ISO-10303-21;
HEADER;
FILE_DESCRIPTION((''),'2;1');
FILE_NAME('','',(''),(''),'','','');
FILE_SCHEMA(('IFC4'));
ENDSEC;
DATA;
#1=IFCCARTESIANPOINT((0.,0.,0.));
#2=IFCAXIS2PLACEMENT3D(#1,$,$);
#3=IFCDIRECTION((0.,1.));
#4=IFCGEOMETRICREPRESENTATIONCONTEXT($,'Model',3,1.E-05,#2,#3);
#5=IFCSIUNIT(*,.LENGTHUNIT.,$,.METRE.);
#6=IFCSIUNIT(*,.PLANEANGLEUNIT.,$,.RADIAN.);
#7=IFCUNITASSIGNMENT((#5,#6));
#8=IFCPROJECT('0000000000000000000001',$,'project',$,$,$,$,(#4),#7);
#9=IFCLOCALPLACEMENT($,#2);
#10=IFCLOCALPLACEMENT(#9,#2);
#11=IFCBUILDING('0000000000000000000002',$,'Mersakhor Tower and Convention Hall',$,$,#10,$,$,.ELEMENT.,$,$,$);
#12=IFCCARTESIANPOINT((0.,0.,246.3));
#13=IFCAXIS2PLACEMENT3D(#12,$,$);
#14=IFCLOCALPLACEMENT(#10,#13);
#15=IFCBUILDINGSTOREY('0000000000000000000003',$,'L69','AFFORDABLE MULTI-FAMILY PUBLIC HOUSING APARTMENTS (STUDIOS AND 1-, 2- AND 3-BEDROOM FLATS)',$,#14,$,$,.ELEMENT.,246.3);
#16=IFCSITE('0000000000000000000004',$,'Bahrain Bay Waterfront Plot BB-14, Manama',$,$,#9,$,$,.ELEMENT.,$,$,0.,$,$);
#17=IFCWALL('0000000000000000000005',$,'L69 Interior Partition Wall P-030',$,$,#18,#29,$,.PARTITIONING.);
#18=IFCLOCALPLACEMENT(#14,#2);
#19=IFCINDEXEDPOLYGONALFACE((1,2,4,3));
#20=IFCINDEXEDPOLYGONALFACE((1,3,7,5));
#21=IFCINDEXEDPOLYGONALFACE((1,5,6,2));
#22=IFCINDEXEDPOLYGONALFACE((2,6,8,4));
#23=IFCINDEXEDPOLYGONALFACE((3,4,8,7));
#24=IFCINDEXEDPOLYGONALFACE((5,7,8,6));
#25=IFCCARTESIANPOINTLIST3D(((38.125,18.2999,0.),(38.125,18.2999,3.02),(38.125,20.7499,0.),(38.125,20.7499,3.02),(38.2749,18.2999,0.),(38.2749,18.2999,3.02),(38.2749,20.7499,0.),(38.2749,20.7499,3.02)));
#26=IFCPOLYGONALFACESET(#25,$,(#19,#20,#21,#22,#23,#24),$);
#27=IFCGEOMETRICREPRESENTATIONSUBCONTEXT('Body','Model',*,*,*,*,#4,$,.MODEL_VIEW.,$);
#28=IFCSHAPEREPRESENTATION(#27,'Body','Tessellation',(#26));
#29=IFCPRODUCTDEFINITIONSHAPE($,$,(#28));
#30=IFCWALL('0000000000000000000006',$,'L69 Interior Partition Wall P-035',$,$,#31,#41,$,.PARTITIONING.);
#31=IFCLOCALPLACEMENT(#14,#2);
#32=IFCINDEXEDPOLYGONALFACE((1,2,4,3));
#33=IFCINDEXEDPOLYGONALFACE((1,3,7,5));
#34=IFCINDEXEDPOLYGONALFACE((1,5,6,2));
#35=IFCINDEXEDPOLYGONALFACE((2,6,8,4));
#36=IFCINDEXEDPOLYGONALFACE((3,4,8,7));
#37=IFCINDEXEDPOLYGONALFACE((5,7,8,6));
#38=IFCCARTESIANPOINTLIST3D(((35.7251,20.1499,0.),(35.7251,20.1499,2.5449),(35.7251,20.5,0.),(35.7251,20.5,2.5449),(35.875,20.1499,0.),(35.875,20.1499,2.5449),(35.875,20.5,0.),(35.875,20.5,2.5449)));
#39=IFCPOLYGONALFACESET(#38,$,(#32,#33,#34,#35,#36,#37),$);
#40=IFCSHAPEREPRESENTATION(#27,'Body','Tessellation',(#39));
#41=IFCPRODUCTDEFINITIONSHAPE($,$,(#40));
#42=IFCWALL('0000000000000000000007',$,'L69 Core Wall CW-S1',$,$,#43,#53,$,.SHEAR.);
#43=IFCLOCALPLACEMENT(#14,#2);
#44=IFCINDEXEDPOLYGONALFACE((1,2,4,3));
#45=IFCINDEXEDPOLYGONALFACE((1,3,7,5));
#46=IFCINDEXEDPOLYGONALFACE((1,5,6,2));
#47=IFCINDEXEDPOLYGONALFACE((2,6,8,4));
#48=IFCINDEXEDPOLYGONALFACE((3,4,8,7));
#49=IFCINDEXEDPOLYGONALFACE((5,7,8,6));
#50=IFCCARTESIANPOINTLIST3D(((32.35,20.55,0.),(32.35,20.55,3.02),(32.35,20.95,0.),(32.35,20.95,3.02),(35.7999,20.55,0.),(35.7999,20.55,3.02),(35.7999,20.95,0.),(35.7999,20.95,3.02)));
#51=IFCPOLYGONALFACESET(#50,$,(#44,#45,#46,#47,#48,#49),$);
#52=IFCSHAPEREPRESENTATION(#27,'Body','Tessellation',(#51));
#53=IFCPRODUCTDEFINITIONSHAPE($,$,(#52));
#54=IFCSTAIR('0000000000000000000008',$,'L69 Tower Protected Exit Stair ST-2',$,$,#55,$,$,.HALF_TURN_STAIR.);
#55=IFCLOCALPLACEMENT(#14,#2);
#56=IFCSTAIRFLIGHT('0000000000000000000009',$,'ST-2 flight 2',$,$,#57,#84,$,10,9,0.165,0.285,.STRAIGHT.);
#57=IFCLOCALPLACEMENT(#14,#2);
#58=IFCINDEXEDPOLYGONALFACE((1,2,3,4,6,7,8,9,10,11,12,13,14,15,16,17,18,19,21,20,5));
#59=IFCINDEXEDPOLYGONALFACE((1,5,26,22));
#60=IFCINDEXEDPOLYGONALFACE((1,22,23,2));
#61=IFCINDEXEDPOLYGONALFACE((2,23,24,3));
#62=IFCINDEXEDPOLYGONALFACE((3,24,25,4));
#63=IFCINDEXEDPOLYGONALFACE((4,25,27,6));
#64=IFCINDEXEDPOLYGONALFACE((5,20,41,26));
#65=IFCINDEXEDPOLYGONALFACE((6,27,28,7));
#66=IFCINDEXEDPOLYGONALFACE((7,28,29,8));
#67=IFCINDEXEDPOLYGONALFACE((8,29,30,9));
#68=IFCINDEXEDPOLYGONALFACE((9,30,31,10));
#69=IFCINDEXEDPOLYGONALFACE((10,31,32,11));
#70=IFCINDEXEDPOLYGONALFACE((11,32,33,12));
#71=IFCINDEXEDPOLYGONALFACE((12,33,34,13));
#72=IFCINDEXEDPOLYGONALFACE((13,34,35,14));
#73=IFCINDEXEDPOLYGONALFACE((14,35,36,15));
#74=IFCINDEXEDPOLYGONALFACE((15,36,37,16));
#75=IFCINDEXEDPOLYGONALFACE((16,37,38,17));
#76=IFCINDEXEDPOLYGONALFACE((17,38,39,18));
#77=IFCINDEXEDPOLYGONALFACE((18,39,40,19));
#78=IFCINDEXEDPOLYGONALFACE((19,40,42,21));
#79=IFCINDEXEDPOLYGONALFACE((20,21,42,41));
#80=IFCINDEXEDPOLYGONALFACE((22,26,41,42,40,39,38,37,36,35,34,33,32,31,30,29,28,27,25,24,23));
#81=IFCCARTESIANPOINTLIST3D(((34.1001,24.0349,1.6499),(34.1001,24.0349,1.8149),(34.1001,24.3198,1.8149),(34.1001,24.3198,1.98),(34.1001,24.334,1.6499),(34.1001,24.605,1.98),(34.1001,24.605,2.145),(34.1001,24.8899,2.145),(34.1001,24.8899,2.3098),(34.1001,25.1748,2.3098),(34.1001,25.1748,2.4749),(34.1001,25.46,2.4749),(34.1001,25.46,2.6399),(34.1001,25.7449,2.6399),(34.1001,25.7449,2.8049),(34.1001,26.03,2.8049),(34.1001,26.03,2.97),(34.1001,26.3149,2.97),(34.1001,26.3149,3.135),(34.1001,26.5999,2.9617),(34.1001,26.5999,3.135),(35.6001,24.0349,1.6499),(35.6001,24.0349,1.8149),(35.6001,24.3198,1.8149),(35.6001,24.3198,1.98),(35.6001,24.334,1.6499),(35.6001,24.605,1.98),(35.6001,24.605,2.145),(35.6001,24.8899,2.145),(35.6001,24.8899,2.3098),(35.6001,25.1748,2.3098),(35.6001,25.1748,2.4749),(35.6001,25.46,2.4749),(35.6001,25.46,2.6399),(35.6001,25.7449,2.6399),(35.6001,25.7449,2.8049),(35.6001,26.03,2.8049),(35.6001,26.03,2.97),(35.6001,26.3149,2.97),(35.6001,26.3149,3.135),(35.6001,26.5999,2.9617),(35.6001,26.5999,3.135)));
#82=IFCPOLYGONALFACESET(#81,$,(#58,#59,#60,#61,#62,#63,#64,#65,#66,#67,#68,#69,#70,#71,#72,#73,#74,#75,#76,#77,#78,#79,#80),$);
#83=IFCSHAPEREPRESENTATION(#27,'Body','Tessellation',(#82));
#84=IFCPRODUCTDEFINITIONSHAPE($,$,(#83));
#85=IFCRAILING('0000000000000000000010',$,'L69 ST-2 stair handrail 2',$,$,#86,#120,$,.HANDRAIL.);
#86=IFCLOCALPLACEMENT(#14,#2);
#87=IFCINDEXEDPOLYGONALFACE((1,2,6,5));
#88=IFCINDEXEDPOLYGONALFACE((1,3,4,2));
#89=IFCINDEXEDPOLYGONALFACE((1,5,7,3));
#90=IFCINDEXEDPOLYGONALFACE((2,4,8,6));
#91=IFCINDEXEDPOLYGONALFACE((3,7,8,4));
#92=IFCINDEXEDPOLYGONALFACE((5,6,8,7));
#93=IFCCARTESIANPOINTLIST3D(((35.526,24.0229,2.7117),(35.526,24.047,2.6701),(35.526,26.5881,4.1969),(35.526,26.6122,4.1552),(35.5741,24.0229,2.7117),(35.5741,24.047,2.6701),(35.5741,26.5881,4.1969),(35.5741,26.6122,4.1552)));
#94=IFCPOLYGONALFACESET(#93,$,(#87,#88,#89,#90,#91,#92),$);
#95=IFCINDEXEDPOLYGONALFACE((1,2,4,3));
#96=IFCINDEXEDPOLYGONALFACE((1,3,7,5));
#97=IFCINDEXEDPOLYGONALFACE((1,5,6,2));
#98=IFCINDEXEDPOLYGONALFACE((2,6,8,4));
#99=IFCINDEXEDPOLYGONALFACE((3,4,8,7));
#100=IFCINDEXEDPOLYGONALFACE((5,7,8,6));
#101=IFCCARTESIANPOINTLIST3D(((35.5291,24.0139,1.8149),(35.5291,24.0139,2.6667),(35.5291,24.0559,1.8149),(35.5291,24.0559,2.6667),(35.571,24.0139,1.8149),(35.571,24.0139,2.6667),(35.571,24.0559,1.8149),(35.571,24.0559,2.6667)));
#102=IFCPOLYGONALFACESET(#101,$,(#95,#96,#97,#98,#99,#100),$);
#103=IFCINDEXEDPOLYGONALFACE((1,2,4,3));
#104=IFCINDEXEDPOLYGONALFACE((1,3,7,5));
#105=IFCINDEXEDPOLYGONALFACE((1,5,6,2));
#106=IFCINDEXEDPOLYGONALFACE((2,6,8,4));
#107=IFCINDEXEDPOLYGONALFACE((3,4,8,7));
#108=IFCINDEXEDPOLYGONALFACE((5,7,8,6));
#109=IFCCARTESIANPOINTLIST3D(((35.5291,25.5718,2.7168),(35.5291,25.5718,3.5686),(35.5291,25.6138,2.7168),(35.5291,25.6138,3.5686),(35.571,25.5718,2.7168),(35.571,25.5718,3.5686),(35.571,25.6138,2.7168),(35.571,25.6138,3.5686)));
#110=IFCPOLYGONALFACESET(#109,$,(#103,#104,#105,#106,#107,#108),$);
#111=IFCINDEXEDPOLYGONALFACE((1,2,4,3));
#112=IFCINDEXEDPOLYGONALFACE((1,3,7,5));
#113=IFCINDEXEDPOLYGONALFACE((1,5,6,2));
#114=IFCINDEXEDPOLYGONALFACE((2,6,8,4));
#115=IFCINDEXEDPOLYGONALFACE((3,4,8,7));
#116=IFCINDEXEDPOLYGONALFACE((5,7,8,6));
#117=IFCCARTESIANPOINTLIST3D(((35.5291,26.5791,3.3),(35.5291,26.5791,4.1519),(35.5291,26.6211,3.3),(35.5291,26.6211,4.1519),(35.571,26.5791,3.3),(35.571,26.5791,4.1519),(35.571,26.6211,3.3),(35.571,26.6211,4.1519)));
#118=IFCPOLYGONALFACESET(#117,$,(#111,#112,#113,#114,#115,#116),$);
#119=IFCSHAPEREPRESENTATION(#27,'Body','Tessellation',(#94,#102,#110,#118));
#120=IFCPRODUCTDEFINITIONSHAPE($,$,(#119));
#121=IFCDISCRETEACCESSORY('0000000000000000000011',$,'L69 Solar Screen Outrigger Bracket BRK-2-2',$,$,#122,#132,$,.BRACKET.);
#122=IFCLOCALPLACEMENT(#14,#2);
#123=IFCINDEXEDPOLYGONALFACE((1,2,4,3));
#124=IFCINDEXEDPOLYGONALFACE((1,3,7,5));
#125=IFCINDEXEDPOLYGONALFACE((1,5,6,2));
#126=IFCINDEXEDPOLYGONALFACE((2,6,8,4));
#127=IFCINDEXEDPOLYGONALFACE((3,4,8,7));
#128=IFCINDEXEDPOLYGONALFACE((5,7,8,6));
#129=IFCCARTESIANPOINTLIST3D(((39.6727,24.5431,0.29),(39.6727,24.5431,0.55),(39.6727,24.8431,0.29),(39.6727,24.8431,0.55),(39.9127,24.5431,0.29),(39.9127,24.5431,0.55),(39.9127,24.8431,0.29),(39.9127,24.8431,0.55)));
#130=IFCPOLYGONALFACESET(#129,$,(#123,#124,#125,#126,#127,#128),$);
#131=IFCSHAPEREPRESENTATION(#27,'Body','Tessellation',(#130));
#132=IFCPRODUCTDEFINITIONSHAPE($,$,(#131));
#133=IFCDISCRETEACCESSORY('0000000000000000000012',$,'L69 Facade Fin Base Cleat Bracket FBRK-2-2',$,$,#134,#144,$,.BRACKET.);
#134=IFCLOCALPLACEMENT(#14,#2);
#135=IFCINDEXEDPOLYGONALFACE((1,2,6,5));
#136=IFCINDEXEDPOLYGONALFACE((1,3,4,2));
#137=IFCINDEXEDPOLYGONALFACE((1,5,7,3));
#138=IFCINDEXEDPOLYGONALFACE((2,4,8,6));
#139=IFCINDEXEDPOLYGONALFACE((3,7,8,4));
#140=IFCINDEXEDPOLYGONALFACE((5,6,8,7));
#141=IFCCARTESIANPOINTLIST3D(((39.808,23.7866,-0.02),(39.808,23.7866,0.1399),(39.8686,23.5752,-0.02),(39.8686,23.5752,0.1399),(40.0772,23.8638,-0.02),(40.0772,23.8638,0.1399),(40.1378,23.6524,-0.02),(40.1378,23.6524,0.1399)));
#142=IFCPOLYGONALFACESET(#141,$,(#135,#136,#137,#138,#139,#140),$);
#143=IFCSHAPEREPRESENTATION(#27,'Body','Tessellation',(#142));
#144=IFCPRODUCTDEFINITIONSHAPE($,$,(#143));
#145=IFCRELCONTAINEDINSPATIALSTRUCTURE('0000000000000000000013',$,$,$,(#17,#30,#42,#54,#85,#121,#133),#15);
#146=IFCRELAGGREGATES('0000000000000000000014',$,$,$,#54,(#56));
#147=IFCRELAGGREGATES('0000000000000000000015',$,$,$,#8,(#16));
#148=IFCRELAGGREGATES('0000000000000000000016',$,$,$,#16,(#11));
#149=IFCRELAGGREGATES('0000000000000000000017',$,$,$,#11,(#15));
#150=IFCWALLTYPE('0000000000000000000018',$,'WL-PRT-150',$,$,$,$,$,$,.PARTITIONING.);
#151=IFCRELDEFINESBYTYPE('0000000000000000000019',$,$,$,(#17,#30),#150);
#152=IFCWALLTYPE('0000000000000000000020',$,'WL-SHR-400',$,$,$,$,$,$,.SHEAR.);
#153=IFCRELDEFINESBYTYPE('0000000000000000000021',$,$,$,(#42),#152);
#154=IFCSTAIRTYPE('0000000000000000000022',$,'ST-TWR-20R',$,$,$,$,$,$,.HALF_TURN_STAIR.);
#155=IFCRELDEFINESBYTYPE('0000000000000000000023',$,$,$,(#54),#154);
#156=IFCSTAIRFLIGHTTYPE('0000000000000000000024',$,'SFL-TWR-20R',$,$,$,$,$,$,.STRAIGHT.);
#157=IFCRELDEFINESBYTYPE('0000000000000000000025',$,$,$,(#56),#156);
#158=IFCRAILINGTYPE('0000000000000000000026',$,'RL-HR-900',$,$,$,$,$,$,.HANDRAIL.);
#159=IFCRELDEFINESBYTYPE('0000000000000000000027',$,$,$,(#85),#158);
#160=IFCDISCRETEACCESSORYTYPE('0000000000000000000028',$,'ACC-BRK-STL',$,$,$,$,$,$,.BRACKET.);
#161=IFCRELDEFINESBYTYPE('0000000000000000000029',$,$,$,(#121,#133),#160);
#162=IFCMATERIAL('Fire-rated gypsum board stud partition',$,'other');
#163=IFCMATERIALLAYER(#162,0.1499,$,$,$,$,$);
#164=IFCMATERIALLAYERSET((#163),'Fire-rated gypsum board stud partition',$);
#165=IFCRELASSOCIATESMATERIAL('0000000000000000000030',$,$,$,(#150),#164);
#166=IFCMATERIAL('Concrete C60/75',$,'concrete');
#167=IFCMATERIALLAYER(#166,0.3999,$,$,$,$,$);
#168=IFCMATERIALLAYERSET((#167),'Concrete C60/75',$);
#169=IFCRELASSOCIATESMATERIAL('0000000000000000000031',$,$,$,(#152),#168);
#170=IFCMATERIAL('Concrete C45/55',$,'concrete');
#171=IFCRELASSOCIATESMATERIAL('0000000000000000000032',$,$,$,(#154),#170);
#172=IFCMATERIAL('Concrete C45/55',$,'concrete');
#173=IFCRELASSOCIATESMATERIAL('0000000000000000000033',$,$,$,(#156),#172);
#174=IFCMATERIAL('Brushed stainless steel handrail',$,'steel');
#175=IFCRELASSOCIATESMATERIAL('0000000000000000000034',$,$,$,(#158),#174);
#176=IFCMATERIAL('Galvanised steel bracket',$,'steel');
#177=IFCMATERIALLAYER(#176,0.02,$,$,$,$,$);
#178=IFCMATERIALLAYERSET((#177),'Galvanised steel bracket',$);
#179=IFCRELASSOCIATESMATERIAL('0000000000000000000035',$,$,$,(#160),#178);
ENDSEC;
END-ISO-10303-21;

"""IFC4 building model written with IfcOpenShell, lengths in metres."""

from ifc_helpers import new_model, si_unit, direction, frame, frame_2d, origin, origin_2d, place, context, subcontext, project, spatial, polyline, rectangle, outline, extrude, material, layer, layer_set, type_object, element, aggregate, save


model = new_model("IFC4")

# Units and contexts
model_context = context("Model", 3, precision=1e-05, world=origin(), true_north=direction((0.0, 1.0)))
body_context = subcontext(model_context, "Body", "Model", "MODEL_VIEW")
ifc_project = project(units=[si_unit("LENGTHUNIT", "METRE"), si_unit("PLANEANGLEUNIT", "RADIAN")], contexts=[model_context])

# Site, building, storey
site_placement = place(None, origin())
site = spatial("IfcSite", under=ifc_project, at=site_placement, Name="Bahrain Bay Waterfront Plot BB-14, Manama", CompositionType="ELEMENT", RefElevation=0.0)
building_placement = place(site_placement, origin())
building = spatial("IfcBuilding", under=site, at=building_placement, Name="Mersakhor Tower and Convention Hall", CompositionType="ELEMENT")
storey_placement = place(building_placement, frame((0.0, 0.0, 246.3)))
storey = spatial("IfcBuildingStorey", under=building, at=storey_placement, Name="L69", Description="AFFORDABLE MULTI-FAMILY PUBLIC HOUSING APARTMENTS (STUDIOS AND 1-, 2- AND 3-BEDROOM FLATS)", CompositionType="ELEMENT", Elevation=246.3)

# Shared definitions
ifc_material_1 = material(Name="Fire-rated gypsum board stud partition", Category="other")
ifc_layer_1 = layer(ifc_material_1, 0.1499)
ifc_layer_set_1 = layer_set([ifc_layer_1], Name="Fire-rated gypsum board stud partition")
wall_type_1 = type_object("IfcWallType", Name="WL-PRT-150", PredefinedType="PARTITIONING", material=ifc_layer_set_1)

# Walls
wall_1_placement = place(storey_placement, frame((38.2, 20.75, 0.0), z_axis=(0.0, 0.0, 1.0), x_axis=(0.0, -1.0, 0.0)))
element("IfcWall", 1, at=wall_1_placement, inside=storey, type_object=wall_type_1, Name="L69 Interior Partition Wall P-030", PredefinedType="PARTITIONING", context=body_context, shape_type="SweptSolid", body=[
    extrude(rectangle(XDim=2.45, YDim=0.1499, at=frame_2d((1.2251, 0.0))), origin(), (0.0, 0.0, 1.0), 3.02),
])
wall_2_placement = place(storey_placement, frame((35.8, 20.5, 0.0), z_axis=(0.0, 0.0, 1.0), x_axis=(0.0, -1.0, 0.0)))
element("IfcWall", 2, at=wall_2_placement, inside=storey, type_object=wall_type_1, Name="L69 Interior Partition Wall P-035", PredefinedType="PARTITIONING", context=body_context, shape_type="SweptSolid", body=[
    extrude(rectangle(XDim=0.3501, YDim=0.1499, at=frame_2d((0.175, 0.0))), origin(), (0.0, 0.0, 1.0), 2.5449),
])
ifc_material_2 = material(Name="Concrete C60/75", Category="concrete")
ifc_layer_2 = layer(ifc_material_2, 0.3999)
ifc_layer_set_2 = layer_set([ifc_layer_2], Name="Concrete C60/75")
wall_type_2 = type_object("IfcWallType", Name="WL-SHR-400", PredefinedType="SHEAR", material=ifc_layer_set_2)
wall_3_placement = place(storey_placement, frame((35.8, 20.75, 0.0), z_axis=(0.0, 0.0, 1.0), x_axis=(-1.0, 0.0, 0.0)))
element("IfcWall", 3, at=wall_3_placement, inside=storey, type_object=wall_type_2, Name="L69 Core Wall CW-S1", PredefinedType="SHEAR", context=body_context, shape_type="SweptSolid", body=[
    extrude(rectangle(XDim=3.45, YDim=0.3999, at=frame_2d((1.7251, 0.0))), origin(), (0.0, 0.0, 1.0), 3.02),
])

# Stair, stair flight
ifc_material_3 = material(Name="Concrete C45/55", Category="concrete")
stair_type = type_object("IfcStairType", Name="ST-TWR-20R", PredefinedType="HALF_TURN_STAIR", material=ifc_material_3)
stair_placement = place(storey_placement, origin())
stair = element("IfcStair", 4, at=stair_placement, inside=storey, type_object=stair_type, Name="L69 Tower Protected Exit Stair ST-2", PredefinedType="HALF_TURN_STAIR")
ifc_material_4 = material(Name="Concrete C45/55", Category="concrete")
stair_flight_type = type_object("IfcStairFlightType", Name="SFL-TWR-20R", PredefinedType="STRAIGHT", material=ifc_material_4)
stair_flight_placement = place(storey_placement, frame((34.8501, 24.0349, 1.6499), z_axis=(0.0, 0.0, 1.0), x_axis=(0.0, 1.0, 0.0)))
stair_flight = element("IfcStairFlight", 5, at=stair_flight_placement, type_object=stair_flight_type, Name="ST-2 flight 2", NumberOfRisers=10, NumberOfTreads=9, PredefinedType="STRAIGHT", RiserHeight=0.165, TreadLength=0.285, context=body_context, shape_type="SweptSolid", body=[
    extrude(outline(polyline([(0.0, 0.0), (0.0, 0.165), (0.2849, 0.165), (0.2849, 0.3301), (0.5701, 0.3301), (0.5701, 0.4951), (0.855, 0.4951), (0.855, 0.6599), (1.1399, 0.6599), (1.1399, 0.825), (1.425, 0.825), (1.425, 0.99), (1.71, 0.99), (1.71, 1.155), (1.9951, 1.155), (1.9951, 1.3201), (2.28, 1.3201), (2.28, 1.4851), (2.5649, 1.4851), (2.5649, 1.6499), (2.5649, 1.3118), (0.2991, 0.0), (0.0, 0.0)])), frame((0.0, 0.75, 0.0), z_axis=(0.0, -1.0, 0.0), x_axis=(1.0, 0.0, 0.0)), (0.0, 0.0, 1.0), 1.5),
])
aggregate(stair, [stair_flight])

# Railing
ifc_material_5 = material(Name="Brushed stainless steel handrail", Category="steel")
railing_type = type_object("IfcRailingType", Name="RL-HR-900", PredefinedType="HANDRAIL", material=ifc_material_5)
railing_placement = place(storey_placement, frame((35.55, 24.0349, 1.8149)))
element("IfcRailing", 6, at=railing_placement, inside=storey, type_object=railing_type, Name="L69 ST-2 stair handrail 2", PredefinedType="HANDRAIL", context=body_context, shape_type="SweptSolid", body=[
    extrude(rectangle(XDim=0.0481, YDim=0.0481, at=origin_2d()), frame((0.0, 0.0, 0.876), z_axis=(0.0, 0.865426, 0.501036), x_axis=(-1.0, 0.0, 0.0)), (0.0, 0.0, 1.0), 2.9641),
    extrude(rectangle(XDim=0.042, YDim=0.042, at=origin_2d()), origin(), (0.0, 0.0, 1.0), 0.8518),
    extrude(rectangle(XDim=0.042, YDim=0.042, at=origin_2d()), frame((0.0, 1.5579, 0.9019)), (0.0, 0.0, 1.0), 0.8518),
    extrude(rectangle(XDim=0.042, YDim=0.042, at=origin_2d()), frame((0.0, 2.5652, 1.4851)), (0.0, 0.0, 1.0), 0.8518),
])

# Discrete accessories
ifc_material_6 = material(Name="Galvanised steel bracket", Category="steel")
ifc_layer_3 = layer(ifc_material_6, 0.02)
ifc_layer_set_3 = layer_set([ifc_layer_3], Name="Galvanised steel bracket")
discrete_accessory_type = type_object("IfcDiscreteAccessoryType", Name="ACC-BRK-STL", PredefinedType="BRACKET", material=ifc_layer_set_3)
discrete_accessory_1_placement = place(storey_placement, frame((39.7927, 24.6931, 0.29), z_axis=(0.0, 0.0, 1.0), x_axis=(0.0, -1.0, 0.0)))
element("IfcDiscreteAccessory", 7, at=discrete_accessory_1_placement, inside=storey, type_object=discrete_accessory_type, Name="L69 Solar Screen Outrigger Bracket BRK-2-2", PredefinedType="BRACKET", context=body_context, shape_type="SweptSolid", body=[
    extrude(rectangle(XDim=0.3, YDim=0.24, at=origin_2d()), origin(), (0.0, 0.0, 1.0), 0.26),
])
discrete_accessory_2_placement = place(storey_placement, frame((39.9729, 23.7195, -0.02), z_axis=(0.0, 0.0, 1.0), x_axis=(0.961262, 0.275637, 0.0)))
element("IfcDiscreteAccessory", 8, at=discrete_accessory_2_placement, inside=storey, type_object=discrete_accessory_type, Name="L69 Facade Fin Base Cleat Bracket FBRK-2-2", PredefinedType="BRACKET", context=body_context, shape_type="SweptSolid", body=[
    extrude(rectangle(XDim=0.28, YDim=0.22, at=origin_2d()), origin(), (0.0, 0.0, 1.0), 0.1599),
])

save(model, "model.ifc")
